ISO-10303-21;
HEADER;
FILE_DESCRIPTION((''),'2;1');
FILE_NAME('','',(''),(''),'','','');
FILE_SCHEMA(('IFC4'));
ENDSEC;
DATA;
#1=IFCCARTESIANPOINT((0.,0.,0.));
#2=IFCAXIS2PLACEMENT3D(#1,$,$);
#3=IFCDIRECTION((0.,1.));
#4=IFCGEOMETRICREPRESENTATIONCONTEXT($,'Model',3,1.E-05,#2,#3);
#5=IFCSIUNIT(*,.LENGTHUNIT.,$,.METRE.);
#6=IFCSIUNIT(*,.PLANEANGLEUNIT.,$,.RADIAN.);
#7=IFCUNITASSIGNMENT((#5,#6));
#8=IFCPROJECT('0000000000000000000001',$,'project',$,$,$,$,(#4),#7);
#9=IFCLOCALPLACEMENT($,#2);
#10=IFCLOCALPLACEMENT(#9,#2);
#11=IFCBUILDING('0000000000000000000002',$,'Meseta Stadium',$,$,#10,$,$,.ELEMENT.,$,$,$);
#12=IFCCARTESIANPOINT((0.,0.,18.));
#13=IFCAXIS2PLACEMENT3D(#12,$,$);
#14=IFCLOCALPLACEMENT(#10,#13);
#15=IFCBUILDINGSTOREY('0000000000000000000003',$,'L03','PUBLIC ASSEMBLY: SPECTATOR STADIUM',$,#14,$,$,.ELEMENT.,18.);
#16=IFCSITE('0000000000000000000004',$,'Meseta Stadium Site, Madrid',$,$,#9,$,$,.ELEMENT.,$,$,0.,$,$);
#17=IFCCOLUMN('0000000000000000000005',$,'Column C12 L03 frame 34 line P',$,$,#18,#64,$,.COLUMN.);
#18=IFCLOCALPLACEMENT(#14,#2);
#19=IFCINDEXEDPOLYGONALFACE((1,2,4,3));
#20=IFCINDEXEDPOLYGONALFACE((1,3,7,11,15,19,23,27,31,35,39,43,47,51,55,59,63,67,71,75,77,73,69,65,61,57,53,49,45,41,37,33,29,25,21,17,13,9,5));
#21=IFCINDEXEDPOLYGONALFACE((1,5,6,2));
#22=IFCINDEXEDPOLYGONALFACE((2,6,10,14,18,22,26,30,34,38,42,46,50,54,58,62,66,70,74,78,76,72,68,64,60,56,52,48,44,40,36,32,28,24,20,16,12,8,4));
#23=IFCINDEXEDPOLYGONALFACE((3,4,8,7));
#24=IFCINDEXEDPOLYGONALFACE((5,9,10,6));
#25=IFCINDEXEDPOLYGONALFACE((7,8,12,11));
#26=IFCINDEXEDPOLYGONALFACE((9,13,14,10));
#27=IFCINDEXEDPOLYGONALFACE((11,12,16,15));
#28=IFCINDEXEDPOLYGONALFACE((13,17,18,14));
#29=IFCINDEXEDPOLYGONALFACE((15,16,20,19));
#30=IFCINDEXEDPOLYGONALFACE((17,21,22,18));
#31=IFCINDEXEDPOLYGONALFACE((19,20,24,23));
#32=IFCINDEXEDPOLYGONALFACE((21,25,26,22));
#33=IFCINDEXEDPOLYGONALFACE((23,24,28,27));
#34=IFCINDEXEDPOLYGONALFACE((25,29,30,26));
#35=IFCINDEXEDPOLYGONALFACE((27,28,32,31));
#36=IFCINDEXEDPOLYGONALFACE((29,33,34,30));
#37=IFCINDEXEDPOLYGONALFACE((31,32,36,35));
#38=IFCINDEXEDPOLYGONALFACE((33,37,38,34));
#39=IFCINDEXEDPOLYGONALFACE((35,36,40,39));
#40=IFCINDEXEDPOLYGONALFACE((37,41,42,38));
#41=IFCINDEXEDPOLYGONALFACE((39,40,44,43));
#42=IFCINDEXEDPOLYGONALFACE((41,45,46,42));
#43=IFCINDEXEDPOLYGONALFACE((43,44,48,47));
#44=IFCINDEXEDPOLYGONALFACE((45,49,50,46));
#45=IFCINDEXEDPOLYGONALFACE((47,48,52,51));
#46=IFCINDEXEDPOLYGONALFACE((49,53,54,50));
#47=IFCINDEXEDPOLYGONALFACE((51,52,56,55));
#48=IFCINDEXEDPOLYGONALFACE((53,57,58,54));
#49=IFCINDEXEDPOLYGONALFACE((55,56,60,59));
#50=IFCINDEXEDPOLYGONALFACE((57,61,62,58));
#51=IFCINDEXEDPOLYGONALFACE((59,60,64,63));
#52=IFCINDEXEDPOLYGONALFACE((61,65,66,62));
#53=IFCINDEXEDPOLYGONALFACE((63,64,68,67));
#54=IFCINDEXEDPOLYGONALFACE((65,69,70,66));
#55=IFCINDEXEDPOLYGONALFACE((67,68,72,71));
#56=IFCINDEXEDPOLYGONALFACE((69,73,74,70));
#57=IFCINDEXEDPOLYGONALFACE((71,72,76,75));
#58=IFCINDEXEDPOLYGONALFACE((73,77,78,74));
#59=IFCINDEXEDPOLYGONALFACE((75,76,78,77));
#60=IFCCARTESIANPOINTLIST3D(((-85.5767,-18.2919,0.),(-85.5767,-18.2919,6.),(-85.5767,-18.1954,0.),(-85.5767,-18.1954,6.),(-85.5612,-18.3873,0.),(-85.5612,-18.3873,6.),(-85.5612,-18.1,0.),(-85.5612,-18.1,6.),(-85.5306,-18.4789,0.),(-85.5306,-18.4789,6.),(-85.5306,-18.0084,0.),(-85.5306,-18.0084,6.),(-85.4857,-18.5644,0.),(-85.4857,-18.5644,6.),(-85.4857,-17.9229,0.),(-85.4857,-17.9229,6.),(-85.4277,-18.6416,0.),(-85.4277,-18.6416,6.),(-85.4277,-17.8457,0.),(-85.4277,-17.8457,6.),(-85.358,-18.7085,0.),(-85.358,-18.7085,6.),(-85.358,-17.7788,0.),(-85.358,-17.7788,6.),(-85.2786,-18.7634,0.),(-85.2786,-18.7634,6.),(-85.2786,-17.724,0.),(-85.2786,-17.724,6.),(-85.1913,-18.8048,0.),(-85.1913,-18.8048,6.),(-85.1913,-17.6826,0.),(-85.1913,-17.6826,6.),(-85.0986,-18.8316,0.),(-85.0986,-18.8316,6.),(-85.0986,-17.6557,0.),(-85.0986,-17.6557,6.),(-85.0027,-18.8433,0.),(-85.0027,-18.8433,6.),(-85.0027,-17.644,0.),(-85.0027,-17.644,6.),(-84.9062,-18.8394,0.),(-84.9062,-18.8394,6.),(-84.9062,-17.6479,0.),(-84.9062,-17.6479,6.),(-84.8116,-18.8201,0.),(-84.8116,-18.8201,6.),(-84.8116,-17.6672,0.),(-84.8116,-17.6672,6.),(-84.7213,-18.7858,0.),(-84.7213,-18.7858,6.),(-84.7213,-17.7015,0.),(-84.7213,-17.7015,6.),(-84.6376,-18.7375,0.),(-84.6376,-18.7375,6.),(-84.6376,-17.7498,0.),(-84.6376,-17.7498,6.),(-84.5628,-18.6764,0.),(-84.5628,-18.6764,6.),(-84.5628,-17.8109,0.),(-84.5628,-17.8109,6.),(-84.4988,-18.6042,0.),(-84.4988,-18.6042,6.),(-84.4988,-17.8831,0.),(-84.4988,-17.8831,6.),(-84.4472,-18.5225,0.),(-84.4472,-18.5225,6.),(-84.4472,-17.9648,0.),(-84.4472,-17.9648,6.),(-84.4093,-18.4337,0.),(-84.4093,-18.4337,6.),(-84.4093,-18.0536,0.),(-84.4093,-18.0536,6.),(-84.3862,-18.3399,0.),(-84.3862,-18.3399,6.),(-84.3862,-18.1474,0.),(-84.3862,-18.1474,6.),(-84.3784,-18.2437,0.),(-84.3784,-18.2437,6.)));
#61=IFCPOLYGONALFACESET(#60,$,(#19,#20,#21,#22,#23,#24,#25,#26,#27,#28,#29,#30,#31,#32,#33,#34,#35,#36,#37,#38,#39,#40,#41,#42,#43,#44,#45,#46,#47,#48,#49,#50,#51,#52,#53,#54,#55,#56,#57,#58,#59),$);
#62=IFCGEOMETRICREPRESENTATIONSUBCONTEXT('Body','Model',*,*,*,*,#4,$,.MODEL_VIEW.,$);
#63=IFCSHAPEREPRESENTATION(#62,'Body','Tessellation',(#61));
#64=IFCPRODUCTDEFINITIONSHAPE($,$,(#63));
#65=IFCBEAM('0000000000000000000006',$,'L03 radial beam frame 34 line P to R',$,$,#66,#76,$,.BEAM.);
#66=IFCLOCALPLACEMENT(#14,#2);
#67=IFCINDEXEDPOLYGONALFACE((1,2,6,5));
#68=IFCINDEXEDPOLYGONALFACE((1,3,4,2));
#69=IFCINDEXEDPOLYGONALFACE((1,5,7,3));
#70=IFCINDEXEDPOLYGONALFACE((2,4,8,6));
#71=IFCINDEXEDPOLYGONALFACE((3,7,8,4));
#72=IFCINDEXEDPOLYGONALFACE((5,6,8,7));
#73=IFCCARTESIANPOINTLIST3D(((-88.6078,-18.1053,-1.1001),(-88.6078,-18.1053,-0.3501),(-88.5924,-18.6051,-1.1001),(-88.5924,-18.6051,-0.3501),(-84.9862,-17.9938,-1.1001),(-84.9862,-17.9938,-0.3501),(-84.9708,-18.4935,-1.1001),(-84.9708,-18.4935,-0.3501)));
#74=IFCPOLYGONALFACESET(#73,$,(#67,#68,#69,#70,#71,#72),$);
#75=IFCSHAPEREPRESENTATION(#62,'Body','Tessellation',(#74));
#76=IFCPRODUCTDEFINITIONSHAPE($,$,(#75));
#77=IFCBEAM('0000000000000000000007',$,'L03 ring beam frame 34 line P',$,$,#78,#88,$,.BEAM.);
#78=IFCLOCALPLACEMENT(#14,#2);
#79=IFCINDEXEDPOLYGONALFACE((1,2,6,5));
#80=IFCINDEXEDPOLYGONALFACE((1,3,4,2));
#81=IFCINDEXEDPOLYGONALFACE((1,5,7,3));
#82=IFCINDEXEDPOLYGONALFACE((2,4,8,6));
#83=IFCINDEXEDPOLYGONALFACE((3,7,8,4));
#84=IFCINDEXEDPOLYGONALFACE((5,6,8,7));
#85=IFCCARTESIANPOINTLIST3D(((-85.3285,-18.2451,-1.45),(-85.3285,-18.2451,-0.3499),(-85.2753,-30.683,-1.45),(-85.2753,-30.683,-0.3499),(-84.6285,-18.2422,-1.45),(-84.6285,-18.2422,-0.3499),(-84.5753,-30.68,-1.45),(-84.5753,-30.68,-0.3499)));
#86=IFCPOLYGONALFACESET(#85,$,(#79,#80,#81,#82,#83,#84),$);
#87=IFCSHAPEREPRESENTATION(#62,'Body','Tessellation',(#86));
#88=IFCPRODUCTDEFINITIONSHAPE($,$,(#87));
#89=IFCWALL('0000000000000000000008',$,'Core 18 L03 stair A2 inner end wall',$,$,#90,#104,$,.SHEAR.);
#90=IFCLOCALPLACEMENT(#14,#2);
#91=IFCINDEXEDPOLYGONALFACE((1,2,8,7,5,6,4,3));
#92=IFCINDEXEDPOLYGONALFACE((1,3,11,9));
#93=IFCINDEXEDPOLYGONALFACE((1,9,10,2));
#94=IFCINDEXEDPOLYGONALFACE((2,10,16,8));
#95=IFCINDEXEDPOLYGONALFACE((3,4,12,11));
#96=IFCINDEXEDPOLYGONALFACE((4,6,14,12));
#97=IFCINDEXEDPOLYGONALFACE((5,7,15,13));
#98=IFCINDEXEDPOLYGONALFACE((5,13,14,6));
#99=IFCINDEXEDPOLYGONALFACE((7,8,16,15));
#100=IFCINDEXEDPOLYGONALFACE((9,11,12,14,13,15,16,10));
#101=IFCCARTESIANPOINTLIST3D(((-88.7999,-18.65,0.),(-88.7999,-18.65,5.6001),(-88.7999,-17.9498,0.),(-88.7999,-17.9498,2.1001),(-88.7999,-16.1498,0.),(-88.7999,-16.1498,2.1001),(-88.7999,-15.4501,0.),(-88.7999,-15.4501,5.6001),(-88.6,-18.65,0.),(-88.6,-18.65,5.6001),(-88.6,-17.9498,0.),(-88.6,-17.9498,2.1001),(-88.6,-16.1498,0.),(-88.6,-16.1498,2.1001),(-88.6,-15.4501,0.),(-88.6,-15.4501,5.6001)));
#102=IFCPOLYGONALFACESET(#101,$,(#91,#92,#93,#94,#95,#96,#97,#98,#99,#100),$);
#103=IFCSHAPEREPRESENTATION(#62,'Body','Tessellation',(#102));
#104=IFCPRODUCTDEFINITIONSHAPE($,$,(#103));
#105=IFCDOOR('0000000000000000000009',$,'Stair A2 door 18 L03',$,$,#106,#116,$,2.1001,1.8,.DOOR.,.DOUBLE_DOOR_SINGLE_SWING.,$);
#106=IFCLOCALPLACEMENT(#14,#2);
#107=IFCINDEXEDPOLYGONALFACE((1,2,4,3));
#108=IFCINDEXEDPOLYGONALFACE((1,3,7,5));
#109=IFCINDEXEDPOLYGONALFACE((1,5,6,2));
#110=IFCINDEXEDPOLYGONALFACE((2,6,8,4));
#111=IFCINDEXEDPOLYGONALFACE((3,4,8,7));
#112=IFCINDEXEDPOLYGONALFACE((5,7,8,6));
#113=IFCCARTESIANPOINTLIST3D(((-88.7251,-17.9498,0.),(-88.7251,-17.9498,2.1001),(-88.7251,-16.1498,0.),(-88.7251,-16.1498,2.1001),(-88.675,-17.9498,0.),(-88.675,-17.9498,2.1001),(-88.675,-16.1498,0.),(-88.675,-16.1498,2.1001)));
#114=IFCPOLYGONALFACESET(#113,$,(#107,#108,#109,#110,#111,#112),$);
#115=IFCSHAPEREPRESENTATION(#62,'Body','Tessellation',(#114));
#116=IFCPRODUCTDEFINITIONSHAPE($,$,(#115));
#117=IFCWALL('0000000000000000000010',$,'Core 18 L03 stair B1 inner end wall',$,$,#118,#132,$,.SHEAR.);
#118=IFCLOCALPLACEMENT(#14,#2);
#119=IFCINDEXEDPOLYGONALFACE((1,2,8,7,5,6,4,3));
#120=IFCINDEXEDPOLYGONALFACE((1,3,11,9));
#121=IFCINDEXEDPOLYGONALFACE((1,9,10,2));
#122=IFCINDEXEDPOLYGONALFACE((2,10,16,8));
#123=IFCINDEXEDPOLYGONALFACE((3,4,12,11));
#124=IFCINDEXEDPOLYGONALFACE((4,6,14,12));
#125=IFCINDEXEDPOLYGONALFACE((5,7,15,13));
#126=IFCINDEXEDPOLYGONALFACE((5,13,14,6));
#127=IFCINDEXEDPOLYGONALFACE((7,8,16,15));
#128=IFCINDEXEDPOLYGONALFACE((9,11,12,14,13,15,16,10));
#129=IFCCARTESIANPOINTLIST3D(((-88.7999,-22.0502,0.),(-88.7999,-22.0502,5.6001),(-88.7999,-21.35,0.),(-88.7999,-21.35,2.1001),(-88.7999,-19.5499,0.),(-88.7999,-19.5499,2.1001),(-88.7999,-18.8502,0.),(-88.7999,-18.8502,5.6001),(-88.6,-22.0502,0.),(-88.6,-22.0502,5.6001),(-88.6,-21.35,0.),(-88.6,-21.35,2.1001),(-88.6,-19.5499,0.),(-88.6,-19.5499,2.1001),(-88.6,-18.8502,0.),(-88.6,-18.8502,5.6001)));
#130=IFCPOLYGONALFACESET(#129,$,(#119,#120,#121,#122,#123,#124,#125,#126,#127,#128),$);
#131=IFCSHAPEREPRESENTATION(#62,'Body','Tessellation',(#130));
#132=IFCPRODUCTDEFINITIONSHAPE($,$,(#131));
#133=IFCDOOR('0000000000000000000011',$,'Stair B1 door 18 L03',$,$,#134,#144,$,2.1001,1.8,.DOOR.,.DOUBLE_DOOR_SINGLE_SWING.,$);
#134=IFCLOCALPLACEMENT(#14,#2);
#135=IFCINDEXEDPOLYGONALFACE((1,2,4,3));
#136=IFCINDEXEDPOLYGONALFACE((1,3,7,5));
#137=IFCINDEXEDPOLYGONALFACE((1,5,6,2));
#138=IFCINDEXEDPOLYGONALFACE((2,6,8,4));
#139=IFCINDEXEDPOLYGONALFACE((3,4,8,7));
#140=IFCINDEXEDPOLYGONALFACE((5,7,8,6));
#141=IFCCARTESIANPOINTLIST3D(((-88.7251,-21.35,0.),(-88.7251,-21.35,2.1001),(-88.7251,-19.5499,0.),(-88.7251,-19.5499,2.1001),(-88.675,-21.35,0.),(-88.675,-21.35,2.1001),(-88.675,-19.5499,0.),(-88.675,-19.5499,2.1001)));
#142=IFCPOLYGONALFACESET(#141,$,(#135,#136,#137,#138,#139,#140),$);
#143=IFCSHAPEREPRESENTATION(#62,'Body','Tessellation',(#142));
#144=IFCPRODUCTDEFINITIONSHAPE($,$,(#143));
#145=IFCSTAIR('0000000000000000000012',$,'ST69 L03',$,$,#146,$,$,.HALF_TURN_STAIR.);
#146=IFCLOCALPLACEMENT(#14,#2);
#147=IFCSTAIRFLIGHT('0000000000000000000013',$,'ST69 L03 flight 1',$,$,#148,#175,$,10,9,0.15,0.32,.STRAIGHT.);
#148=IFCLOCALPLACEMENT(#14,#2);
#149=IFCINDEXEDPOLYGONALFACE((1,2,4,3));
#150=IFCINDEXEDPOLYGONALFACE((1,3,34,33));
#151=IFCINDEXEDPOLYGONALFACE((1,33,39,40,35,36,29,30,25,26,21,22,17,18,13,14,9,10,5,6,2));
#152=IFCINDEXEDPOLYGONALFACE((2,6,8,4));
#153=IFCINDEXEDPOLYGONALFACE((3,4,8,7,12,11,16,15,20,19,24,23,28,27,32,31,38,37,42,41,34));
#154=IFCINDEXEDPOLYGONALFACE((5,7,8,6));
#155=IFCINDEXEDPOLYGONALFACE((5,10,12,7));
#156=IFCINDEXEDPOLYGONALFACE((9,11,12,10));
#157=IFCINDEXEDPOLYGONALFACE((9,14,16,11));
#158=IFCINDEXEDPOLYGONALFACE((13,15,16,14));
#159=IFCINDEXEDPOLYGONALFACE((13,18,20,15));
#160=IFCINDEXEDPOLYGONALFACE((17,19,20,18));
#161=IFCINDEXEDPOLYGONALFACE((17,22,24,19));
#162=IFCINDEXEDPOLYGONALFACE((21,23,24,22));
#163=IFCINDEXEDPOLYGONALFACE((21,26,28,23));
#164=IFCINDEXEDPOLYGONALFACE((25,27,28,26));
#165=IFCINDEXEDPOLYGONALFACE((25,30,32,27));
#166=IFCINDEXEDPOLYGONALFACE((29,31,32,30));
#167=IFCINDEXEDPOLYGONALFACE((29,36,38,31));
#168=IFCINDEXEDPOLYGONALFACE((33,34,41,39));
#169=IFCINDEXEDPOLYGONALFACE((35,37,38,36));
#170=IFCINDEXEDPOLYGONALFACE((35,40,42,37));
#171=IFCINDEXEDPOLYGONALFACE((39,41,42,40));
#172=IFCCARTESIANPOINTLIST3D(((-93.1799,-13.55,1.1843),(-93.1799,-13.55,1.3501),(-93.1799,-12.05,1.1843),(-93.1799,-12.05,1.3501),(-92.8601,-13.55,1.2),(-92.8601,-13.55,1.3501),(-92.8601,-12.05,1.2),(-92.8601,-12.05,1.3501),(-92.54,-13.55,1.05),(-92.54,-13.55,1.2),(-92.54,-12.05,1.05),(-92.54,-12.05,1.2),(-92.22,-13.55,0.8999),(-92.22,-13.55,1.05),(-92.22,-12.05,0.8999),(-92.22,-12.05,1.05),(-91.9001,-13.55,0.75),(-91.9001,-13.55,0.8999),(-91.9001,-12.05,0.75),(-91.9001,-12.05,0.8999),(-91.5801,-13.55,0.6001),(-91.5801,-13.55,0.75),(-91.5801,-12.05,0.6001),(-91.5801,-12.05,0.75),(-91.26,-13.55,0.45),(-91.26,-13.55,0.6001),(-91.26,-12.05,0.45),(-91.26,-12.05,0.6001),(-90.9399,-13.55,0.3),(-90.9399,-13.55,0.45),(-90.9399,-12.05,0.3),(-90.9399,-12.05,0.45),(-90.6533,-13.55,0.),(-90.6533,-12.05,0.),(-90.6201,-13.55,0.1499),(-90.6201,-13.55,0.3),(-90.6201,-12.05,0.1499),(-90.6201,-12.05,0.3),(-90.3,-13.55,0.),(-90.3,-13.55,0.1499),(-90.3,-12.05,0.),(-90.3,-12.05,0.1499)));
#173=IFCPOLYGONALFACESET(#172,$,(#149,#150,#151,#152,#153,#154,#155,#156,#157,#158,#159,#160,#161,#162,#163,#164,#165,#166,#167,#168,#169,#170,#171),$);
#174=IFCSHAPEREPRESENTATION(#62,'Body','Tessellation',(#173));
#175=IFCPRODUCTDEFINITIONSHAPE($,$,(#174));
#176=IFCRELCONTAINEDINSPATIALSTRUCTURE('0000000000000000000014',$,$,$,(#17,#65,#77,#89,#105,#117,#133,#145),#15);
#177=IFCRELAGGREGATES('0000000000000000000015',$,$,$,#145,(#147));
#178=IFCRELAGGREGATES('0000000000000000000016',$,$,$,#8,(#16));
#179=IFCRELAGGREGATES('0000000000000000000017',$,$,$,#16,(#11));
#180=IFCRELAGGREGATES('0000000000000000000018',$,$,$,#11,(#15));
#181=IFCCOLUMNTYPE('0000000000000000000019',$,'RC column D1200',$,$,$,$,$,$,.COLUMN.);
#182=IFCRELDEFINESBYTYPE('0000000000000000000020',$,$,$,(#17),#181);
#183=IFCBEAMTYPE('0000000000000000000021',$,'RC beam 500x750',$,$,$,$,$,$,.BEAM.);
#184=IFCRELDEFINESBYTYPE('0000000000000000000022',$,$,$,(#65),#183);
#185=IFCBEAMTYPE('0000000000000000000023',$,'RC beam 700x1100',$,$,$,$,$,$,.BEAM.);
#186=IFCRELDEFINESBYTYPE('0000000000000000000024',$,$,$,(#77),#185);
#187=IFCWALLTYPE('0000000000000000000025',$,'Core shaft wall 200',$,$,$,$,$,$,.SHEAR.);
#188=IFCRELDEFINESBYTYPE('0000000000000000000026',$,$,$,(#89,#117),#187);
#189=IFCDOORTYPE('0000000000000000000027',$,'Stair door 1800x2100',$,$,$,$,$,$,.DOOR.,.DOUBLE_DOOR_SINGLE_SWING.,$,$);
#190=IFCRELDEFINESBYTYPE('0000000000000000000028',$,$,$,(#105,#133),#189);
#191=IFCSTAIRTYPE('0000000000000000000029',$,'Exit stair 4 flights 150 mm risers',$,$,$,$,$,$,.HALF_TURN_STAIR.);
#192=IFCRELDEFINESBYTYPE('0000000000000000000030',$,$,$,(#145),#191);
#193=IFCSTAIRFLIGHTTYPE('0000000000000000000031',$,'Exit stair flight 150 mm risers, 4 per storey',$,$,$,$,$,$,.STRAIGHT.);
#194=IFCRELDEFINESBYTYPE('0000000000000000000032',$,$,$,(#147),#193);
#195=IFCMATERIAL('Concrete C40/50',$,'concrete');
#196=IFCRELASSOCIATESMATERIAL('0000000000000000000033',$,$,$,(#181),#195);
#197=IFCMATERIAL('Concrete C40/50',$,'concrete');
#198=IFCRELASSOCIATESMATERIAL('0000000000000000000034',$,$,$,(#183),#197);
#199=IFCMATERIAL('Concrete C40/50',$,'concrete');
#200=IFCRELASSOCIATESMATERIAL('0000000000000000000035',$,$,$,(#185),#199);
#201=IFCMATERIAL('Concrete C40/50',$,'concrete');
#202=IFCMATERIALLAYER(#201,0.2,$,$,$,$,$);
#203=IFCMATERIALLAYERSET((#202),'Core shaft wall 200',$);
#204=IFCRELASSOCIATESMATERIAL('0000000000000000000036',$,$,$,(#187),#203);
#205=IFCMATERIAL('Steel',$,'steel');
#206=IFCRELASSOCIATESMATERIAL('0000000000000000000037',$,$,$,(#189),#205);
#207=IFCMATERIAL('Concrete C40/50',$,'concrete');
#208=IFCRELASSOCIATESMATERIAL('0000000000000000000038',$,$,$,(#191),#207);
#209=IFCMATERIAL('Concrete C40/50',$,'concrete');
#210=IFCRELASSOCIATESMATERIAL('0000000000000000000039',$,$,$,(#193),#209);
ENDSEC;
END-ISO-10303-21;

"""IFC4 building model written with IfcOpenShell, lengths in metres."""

from ifc_helpers import new_model, si_unit, direction, frame, frame_2d, origin, origin_2d, place, context, subcontext, project, spatial, polyline, rectangle, circle, outline, extrude, material, layer, layer_set, material_profile, profile_set, type_object, element, fill, aggregate, save


model = new_model("IFC4")

# Units and contexts
model_context = context("Model", 3, precision=1e-05, world=origin(), true_north=direction((0.0, 1.0)))
body_context = subcontext(model_context, "Body", "Model", "MODEL_VIEW")
ifc_project = project(units=[si_unit("LENGTHUNIT", "METRE"), si_unit("PLANEANGLEUNIT", "RADIAN")], contexts=[model_context])

# Site, building, storey
site_placement = place(None, origin())
site = spatial("IfcSite", under=ifc_project, at=site_placement, Name="Meseta Stadium Site, Madrid", CompositionType="ELEMENT", RefElevation=0.0)
building_placement = place(site_placement, origin())
building = spatial("IfcBuilding", under=site, at=building_placement, Name="Meseta Stadium", CompositionType="ELEMENT")
storey_placement = place(building_placement, frame((0.0, 0.0, 18.0)))
storey = spatial("IfcBuildingStorey", under=building, at=storey_placement, Name="L03", Description="PUBLIC ASSEMBLY: SPECTATOR STADIUM", CompositionType="ELEMENT", Elevation=18.0)

# Column
ifc_material_1 = material(Name="Concrete C40/50", Category="concrete")
ifc_material_profile_1 = material_profile(ifc_material_1, circle(Radius=0.6001, at=origin_2d()), Name="RC D1200")
ifc_profile_set_1 = profile_set([ifc_material_profile_1], Name="Concrete C40/50")
column_type = type_object("IfcColumnType", Name="RC column D1200", PredefinedType="COLUMN", material=ifc_profile_set_1)
column_placement = place(storey_placement, frame((-84.9785, -18.2437, 0.0), z_axis=(0.0, 0.0, 1.0), x_axis=(1.0, 0.0, 0.0)))
element("IfcColumn", 1, at=column_placement, inside=storey, type_object=column_type, Name="Column C12 L03 frame 34 line P", PredefinedType="COLUMN", context=body_context, shape_type="SweptSolid", body=[
    extrude(circle(Radius=0.6001, at=origin_2d()), origin(), (0.0, 0.0, 1.0), 6.0),
])

# Beams
ifc_material_2 = material(Name="Concrete C40/50", Category="concrete")
ifc_material_profile_2 = material_profile(ifc_material_2, rectangle(XDim=0.5, YDim=0.75, at=origin_2d()), Name="RC 500x750")
ifc_profile_set_2 = profile_set([ifc_material_profile_2], Name="Concrete C40/50")
beam_type_1 = type_object("IfcBeamType", Name="RC beam 500x750", PredefinedType="BEAM", material=ifc_profile_set_2)
beam_1_placement = place(storey_placement, frame((-84.9785, -18.2437, -0.7251), z_axis=(-0.999526, -0.030793, 0.0), x_axis=(0.030793, -0.999526, 0.0)))
element("IfcBeam", 2, at=beam_1_placement, inside=storey, type_object=beam_type_1, Name="L03 radial beam frame 34 line P to R", PredefinedType="BEAM", context=body_context, shape_type="SweptSolid", body=[
    extrude(rectangle(XDim=0.5, YDim=0.75, at=origin_2d()), origin(), (0.0, 0.0, 1.0), 3.6233),
])
ifc_material_3 = material(Name="Concrete C40/50", Category="concrete")
ifc_material_profile_3 = material_profile(ifc_material_3, rectangle(XDim=0.7, YDim=1.1001, at=origin_2d()), Name="RC 700x1100")
ifc_profile_set_3 = profile_set([ifc_material_profile_3], Name="Concrete C40/50")
beam_type_2 = type_object("IfcBeamType", Name="RC beam 700x1100", PredefinedType="BEAM", material=ifc_profile_set_3)
beam_2_placement = place(storey_placement, frame((-84.9785, -18.2437, -0.8999), z_axis=(0.004279, -0.999991, 0.0), x_axis=(0.999991, 0.004279, 0.0)))
element("IfcBeam", 3, at=beam_2_placement, inside=storey, type_object=beam_type_2, Name="L03 ring beam frame 34 line P", PredefinedType="BEAM", context=body_context, shape_type="SweptSolid", body=[
    extrude(rectangle(XDim=0.7, YDim=1.1001, at=origin_2d()), origin(), (0.0, 0.0, 1.0), 12.438),
])

# Walls, openings, doors
ifc_material_4 = material(Name="Concrete C40/50", Category="concrete")
ifc_layer = layer(ifc_material_4, 0.2)
ifc_layer_set = layer_set([ifc_layer], Name="Core shaft wall 200")
wall_type = type_object("IfcWallType", Name="Core shaft wall 200", PredefinedType="SHEAR", material=ifc_layer_set)
wall_1_placement = place(storey_placement, frame((-88.7, -15.45, 0.0), z_axis=(0.0, 0.0, 1.0), x_axis=(0.0, -1.0, 0.0)))
wall_1 = element("IfcWall", 4, at=wall_1_placement, inside=storey, type_object=wall_type, Name="Core 18 L03 stair A2 inner end wall", PredefinedType="SHEAR", context=body_context, shape_type="SweptSolid", body=[
    extrude(rectangle(XDim=3.2, YDim=0.2, at=frame_2d((1.6001, 0.0))), origin(), (0.0, 0.0, 1.0), 5.6001),
])
opening_1_placement = place(wall_1_placement, frame((0.7, 0.0, 0.0)))
opening_1 = element("IfcOpeningElement", 5, at=opening_1_placement, cuts=wall_1, PredefinedType="OPENING", context=body_context, shape_type="SweptSolid", body=[
    extrude(rectangle(XDim=1.8, YDim=2.1001, at=frame_2d((0.8999, 1.05))), frame((0.0, 0.1099, 0.0), z_axis=(0.0, -1.0, 0.0), x_axis=(1.0, 0.0, 0.0)), (0.0, 0.0, 1.0), 0.22),
])
ifc_material_5 = material(Name="Steel", Category="steel")
door_type = type_object("IfcDoorType", Name="Stair door 1800x2100", OperationType="DOUBLE_DOOR_SINGLE_SWING", PredefinedType="DOOR", material=ifc_material_5)
door_1_placement = place(opening_1_placement, origin())
door_1 = element("IfcDoor", 6, at=door_1_placement, inside=storey, type_object=door_type, Name="Stair A2 door 18 L03", OperationType="DOUBLE_DOOR_SINGLE_SWING", OverallHeight=2.1001, OverallWidth=1.8, PredefinedType="DOOR", context=body_context, shape_type="SweptSolid", body=[
    extrude(rectangle(XDim=1.8, YDim=2.1001, at=frame_2d((0.8999, 1.05))), frame((0.0, 0.0249, 0.0), z_axis=(0.0, -1.0, 0.0), x_axis=(1.0, 0.0, 0.0)), (0.0, 0.0, 1.0), 0.05),
])
fill(opening_1, door_1)
wall_2_placement = place(storey_placement, frame((-88.7, -18.8501, 0.0), z_axis=(0.0, 0.0, 1.0), x_axis=(0.0, -1.0, 0.0)))
wall_2 = element("IfcWall", 7, at=wall_2_placement, inside=storey, type_object=wall_type, Name="Core 18 L03 stair B1 inner end wall", PredefinedType="SHEAR", context=body_context, shape_type="SweptSolid", body=[
    extrude(rectangle(XDim=3.2, YDim=0.2, at=frame_2d((1.6001, 0.0))), origin(), (0.0, 0.0, 1.0), 5.6001),
])
opening_2_placement = place(wall_2_placement, frame((0.7, 0.0, 0.0)))
opening_2 = element("IfcOpeningElement", 8, at=opening_2_placement, cuts=wall_2, PredefinedType="OPENING", context=body_context, shape_type="SweptSolid", body=[
    extrude(rectangle(XDim=1.8, YDim=2.1001, at=frame_2d((0.8999, 1.05))), frame((0.0, 0.1099, 0.0), z_axis=(0.0, -1.0, 0.0), x_axis=(1.0, 0.0, 0.0)), (0.0, 0.0, 1.0), 0.22),
])
door_2_placement = place(opening_2_placement, origin())
door_2 = element("IfcDoor", 9, at=door_2_placement, inside=storey, type_object=door_type, Name="Stair B1 door 18 L03", OperationType="DOUBLE_DOOR_SINGLE_SWING", OverallHeight=2.1001, OverallWidth=1.8, PredefinedType="DOOR", context=body_context, shape_type="SweptSolid", body=[
    extrude(rectangle(XDim=1.8, YDim=2.1001, at=frame_2d((0.8999, 1.05))), frame((0.0, 0.0249, 0.0), z_axis=(0.0, -1.0, 0.0), x_axis=(1.0, 0.0, 0.0)), (0.0, 0.0, 1.0), 0.05),
])
fill(opening_2, door_2)

# Stair, stair flight
ifc_material_6 = material(Name="Concrete C40/50", Category="concrete")
stair_type = type_object("IfcStairType", Name="Exit stair 4 flights 150 mm risers", PredefinedType="HALF_TURN_STAIR", material=ifc_material_6)
stair_1_placement = place(storey_placement, origin())
stair_1 = element("IfcStair", 10, at=stair_1_placement, inside=storey, type_object=stair_type, Name="ST69 L03", PredefinedType="HALF_TURN_STAIR")
ifc_material_7 = material(Name="Concrete C40/50", Category="concrete")
stair_flight_type = type_object("IfcStairFlightType", Name="Exit stair flight 150 mm risers, 4 per storey", PredefinedType="STRAIGHT", material=ifc_material_7)
stair_flight_1_placement = place(storey_placement, frame((-90.3, -12.8, 0.0), z_axis=(0.0, 0.0, 1.0), x_axis=(-1.0, 0.0, 0.0)))
stair_flight_1 = element("IfcStairFlight", 11, at=stair_flight_1_placement, type_object=stair_flight_type, Name="ST69 L03 flight 1", NumberOfRisers=10, NumberOfTreads=9, PredefinedType="STRAIGHT", RiserHeight=0.15, TreadLength=0.32, context=body_context, shape_type="SweptSolid", body=[
    extrude(outline(polyline([(0.0, 0.0), (0.0, 0.1499), (0.3201, 0.1499), (0.3201, 0.3), (0.6399, 0.3), (0.6399, 0.45), (0.96, 0.45), (0.96, 0.6001), (1.28, 0.6001), (1.28, 0.75), (1.6001, 0.75), (1.6001, 0.8999), (1.9199, 0.8999), (1.9199, 1.05), (2.24, 1.05), (2.24, 1.2), (2.5601, 1.2), (2.5601, 1.3501), (2.8799, 1.3501), (2.8799, 1.1843), (0.3533, 0.0), (0.0, 0.0)])), frame((0.0, 0.75, 0.0), z_axis=(0.0, -1.0, 0.0), x_axis=(1.0, 0.0, 0.0)), (0.0, 0.0, 1.0), 1.5),
])
aggregate(stair_1, [stair_flight_1])

save(model, "model.ifc")
